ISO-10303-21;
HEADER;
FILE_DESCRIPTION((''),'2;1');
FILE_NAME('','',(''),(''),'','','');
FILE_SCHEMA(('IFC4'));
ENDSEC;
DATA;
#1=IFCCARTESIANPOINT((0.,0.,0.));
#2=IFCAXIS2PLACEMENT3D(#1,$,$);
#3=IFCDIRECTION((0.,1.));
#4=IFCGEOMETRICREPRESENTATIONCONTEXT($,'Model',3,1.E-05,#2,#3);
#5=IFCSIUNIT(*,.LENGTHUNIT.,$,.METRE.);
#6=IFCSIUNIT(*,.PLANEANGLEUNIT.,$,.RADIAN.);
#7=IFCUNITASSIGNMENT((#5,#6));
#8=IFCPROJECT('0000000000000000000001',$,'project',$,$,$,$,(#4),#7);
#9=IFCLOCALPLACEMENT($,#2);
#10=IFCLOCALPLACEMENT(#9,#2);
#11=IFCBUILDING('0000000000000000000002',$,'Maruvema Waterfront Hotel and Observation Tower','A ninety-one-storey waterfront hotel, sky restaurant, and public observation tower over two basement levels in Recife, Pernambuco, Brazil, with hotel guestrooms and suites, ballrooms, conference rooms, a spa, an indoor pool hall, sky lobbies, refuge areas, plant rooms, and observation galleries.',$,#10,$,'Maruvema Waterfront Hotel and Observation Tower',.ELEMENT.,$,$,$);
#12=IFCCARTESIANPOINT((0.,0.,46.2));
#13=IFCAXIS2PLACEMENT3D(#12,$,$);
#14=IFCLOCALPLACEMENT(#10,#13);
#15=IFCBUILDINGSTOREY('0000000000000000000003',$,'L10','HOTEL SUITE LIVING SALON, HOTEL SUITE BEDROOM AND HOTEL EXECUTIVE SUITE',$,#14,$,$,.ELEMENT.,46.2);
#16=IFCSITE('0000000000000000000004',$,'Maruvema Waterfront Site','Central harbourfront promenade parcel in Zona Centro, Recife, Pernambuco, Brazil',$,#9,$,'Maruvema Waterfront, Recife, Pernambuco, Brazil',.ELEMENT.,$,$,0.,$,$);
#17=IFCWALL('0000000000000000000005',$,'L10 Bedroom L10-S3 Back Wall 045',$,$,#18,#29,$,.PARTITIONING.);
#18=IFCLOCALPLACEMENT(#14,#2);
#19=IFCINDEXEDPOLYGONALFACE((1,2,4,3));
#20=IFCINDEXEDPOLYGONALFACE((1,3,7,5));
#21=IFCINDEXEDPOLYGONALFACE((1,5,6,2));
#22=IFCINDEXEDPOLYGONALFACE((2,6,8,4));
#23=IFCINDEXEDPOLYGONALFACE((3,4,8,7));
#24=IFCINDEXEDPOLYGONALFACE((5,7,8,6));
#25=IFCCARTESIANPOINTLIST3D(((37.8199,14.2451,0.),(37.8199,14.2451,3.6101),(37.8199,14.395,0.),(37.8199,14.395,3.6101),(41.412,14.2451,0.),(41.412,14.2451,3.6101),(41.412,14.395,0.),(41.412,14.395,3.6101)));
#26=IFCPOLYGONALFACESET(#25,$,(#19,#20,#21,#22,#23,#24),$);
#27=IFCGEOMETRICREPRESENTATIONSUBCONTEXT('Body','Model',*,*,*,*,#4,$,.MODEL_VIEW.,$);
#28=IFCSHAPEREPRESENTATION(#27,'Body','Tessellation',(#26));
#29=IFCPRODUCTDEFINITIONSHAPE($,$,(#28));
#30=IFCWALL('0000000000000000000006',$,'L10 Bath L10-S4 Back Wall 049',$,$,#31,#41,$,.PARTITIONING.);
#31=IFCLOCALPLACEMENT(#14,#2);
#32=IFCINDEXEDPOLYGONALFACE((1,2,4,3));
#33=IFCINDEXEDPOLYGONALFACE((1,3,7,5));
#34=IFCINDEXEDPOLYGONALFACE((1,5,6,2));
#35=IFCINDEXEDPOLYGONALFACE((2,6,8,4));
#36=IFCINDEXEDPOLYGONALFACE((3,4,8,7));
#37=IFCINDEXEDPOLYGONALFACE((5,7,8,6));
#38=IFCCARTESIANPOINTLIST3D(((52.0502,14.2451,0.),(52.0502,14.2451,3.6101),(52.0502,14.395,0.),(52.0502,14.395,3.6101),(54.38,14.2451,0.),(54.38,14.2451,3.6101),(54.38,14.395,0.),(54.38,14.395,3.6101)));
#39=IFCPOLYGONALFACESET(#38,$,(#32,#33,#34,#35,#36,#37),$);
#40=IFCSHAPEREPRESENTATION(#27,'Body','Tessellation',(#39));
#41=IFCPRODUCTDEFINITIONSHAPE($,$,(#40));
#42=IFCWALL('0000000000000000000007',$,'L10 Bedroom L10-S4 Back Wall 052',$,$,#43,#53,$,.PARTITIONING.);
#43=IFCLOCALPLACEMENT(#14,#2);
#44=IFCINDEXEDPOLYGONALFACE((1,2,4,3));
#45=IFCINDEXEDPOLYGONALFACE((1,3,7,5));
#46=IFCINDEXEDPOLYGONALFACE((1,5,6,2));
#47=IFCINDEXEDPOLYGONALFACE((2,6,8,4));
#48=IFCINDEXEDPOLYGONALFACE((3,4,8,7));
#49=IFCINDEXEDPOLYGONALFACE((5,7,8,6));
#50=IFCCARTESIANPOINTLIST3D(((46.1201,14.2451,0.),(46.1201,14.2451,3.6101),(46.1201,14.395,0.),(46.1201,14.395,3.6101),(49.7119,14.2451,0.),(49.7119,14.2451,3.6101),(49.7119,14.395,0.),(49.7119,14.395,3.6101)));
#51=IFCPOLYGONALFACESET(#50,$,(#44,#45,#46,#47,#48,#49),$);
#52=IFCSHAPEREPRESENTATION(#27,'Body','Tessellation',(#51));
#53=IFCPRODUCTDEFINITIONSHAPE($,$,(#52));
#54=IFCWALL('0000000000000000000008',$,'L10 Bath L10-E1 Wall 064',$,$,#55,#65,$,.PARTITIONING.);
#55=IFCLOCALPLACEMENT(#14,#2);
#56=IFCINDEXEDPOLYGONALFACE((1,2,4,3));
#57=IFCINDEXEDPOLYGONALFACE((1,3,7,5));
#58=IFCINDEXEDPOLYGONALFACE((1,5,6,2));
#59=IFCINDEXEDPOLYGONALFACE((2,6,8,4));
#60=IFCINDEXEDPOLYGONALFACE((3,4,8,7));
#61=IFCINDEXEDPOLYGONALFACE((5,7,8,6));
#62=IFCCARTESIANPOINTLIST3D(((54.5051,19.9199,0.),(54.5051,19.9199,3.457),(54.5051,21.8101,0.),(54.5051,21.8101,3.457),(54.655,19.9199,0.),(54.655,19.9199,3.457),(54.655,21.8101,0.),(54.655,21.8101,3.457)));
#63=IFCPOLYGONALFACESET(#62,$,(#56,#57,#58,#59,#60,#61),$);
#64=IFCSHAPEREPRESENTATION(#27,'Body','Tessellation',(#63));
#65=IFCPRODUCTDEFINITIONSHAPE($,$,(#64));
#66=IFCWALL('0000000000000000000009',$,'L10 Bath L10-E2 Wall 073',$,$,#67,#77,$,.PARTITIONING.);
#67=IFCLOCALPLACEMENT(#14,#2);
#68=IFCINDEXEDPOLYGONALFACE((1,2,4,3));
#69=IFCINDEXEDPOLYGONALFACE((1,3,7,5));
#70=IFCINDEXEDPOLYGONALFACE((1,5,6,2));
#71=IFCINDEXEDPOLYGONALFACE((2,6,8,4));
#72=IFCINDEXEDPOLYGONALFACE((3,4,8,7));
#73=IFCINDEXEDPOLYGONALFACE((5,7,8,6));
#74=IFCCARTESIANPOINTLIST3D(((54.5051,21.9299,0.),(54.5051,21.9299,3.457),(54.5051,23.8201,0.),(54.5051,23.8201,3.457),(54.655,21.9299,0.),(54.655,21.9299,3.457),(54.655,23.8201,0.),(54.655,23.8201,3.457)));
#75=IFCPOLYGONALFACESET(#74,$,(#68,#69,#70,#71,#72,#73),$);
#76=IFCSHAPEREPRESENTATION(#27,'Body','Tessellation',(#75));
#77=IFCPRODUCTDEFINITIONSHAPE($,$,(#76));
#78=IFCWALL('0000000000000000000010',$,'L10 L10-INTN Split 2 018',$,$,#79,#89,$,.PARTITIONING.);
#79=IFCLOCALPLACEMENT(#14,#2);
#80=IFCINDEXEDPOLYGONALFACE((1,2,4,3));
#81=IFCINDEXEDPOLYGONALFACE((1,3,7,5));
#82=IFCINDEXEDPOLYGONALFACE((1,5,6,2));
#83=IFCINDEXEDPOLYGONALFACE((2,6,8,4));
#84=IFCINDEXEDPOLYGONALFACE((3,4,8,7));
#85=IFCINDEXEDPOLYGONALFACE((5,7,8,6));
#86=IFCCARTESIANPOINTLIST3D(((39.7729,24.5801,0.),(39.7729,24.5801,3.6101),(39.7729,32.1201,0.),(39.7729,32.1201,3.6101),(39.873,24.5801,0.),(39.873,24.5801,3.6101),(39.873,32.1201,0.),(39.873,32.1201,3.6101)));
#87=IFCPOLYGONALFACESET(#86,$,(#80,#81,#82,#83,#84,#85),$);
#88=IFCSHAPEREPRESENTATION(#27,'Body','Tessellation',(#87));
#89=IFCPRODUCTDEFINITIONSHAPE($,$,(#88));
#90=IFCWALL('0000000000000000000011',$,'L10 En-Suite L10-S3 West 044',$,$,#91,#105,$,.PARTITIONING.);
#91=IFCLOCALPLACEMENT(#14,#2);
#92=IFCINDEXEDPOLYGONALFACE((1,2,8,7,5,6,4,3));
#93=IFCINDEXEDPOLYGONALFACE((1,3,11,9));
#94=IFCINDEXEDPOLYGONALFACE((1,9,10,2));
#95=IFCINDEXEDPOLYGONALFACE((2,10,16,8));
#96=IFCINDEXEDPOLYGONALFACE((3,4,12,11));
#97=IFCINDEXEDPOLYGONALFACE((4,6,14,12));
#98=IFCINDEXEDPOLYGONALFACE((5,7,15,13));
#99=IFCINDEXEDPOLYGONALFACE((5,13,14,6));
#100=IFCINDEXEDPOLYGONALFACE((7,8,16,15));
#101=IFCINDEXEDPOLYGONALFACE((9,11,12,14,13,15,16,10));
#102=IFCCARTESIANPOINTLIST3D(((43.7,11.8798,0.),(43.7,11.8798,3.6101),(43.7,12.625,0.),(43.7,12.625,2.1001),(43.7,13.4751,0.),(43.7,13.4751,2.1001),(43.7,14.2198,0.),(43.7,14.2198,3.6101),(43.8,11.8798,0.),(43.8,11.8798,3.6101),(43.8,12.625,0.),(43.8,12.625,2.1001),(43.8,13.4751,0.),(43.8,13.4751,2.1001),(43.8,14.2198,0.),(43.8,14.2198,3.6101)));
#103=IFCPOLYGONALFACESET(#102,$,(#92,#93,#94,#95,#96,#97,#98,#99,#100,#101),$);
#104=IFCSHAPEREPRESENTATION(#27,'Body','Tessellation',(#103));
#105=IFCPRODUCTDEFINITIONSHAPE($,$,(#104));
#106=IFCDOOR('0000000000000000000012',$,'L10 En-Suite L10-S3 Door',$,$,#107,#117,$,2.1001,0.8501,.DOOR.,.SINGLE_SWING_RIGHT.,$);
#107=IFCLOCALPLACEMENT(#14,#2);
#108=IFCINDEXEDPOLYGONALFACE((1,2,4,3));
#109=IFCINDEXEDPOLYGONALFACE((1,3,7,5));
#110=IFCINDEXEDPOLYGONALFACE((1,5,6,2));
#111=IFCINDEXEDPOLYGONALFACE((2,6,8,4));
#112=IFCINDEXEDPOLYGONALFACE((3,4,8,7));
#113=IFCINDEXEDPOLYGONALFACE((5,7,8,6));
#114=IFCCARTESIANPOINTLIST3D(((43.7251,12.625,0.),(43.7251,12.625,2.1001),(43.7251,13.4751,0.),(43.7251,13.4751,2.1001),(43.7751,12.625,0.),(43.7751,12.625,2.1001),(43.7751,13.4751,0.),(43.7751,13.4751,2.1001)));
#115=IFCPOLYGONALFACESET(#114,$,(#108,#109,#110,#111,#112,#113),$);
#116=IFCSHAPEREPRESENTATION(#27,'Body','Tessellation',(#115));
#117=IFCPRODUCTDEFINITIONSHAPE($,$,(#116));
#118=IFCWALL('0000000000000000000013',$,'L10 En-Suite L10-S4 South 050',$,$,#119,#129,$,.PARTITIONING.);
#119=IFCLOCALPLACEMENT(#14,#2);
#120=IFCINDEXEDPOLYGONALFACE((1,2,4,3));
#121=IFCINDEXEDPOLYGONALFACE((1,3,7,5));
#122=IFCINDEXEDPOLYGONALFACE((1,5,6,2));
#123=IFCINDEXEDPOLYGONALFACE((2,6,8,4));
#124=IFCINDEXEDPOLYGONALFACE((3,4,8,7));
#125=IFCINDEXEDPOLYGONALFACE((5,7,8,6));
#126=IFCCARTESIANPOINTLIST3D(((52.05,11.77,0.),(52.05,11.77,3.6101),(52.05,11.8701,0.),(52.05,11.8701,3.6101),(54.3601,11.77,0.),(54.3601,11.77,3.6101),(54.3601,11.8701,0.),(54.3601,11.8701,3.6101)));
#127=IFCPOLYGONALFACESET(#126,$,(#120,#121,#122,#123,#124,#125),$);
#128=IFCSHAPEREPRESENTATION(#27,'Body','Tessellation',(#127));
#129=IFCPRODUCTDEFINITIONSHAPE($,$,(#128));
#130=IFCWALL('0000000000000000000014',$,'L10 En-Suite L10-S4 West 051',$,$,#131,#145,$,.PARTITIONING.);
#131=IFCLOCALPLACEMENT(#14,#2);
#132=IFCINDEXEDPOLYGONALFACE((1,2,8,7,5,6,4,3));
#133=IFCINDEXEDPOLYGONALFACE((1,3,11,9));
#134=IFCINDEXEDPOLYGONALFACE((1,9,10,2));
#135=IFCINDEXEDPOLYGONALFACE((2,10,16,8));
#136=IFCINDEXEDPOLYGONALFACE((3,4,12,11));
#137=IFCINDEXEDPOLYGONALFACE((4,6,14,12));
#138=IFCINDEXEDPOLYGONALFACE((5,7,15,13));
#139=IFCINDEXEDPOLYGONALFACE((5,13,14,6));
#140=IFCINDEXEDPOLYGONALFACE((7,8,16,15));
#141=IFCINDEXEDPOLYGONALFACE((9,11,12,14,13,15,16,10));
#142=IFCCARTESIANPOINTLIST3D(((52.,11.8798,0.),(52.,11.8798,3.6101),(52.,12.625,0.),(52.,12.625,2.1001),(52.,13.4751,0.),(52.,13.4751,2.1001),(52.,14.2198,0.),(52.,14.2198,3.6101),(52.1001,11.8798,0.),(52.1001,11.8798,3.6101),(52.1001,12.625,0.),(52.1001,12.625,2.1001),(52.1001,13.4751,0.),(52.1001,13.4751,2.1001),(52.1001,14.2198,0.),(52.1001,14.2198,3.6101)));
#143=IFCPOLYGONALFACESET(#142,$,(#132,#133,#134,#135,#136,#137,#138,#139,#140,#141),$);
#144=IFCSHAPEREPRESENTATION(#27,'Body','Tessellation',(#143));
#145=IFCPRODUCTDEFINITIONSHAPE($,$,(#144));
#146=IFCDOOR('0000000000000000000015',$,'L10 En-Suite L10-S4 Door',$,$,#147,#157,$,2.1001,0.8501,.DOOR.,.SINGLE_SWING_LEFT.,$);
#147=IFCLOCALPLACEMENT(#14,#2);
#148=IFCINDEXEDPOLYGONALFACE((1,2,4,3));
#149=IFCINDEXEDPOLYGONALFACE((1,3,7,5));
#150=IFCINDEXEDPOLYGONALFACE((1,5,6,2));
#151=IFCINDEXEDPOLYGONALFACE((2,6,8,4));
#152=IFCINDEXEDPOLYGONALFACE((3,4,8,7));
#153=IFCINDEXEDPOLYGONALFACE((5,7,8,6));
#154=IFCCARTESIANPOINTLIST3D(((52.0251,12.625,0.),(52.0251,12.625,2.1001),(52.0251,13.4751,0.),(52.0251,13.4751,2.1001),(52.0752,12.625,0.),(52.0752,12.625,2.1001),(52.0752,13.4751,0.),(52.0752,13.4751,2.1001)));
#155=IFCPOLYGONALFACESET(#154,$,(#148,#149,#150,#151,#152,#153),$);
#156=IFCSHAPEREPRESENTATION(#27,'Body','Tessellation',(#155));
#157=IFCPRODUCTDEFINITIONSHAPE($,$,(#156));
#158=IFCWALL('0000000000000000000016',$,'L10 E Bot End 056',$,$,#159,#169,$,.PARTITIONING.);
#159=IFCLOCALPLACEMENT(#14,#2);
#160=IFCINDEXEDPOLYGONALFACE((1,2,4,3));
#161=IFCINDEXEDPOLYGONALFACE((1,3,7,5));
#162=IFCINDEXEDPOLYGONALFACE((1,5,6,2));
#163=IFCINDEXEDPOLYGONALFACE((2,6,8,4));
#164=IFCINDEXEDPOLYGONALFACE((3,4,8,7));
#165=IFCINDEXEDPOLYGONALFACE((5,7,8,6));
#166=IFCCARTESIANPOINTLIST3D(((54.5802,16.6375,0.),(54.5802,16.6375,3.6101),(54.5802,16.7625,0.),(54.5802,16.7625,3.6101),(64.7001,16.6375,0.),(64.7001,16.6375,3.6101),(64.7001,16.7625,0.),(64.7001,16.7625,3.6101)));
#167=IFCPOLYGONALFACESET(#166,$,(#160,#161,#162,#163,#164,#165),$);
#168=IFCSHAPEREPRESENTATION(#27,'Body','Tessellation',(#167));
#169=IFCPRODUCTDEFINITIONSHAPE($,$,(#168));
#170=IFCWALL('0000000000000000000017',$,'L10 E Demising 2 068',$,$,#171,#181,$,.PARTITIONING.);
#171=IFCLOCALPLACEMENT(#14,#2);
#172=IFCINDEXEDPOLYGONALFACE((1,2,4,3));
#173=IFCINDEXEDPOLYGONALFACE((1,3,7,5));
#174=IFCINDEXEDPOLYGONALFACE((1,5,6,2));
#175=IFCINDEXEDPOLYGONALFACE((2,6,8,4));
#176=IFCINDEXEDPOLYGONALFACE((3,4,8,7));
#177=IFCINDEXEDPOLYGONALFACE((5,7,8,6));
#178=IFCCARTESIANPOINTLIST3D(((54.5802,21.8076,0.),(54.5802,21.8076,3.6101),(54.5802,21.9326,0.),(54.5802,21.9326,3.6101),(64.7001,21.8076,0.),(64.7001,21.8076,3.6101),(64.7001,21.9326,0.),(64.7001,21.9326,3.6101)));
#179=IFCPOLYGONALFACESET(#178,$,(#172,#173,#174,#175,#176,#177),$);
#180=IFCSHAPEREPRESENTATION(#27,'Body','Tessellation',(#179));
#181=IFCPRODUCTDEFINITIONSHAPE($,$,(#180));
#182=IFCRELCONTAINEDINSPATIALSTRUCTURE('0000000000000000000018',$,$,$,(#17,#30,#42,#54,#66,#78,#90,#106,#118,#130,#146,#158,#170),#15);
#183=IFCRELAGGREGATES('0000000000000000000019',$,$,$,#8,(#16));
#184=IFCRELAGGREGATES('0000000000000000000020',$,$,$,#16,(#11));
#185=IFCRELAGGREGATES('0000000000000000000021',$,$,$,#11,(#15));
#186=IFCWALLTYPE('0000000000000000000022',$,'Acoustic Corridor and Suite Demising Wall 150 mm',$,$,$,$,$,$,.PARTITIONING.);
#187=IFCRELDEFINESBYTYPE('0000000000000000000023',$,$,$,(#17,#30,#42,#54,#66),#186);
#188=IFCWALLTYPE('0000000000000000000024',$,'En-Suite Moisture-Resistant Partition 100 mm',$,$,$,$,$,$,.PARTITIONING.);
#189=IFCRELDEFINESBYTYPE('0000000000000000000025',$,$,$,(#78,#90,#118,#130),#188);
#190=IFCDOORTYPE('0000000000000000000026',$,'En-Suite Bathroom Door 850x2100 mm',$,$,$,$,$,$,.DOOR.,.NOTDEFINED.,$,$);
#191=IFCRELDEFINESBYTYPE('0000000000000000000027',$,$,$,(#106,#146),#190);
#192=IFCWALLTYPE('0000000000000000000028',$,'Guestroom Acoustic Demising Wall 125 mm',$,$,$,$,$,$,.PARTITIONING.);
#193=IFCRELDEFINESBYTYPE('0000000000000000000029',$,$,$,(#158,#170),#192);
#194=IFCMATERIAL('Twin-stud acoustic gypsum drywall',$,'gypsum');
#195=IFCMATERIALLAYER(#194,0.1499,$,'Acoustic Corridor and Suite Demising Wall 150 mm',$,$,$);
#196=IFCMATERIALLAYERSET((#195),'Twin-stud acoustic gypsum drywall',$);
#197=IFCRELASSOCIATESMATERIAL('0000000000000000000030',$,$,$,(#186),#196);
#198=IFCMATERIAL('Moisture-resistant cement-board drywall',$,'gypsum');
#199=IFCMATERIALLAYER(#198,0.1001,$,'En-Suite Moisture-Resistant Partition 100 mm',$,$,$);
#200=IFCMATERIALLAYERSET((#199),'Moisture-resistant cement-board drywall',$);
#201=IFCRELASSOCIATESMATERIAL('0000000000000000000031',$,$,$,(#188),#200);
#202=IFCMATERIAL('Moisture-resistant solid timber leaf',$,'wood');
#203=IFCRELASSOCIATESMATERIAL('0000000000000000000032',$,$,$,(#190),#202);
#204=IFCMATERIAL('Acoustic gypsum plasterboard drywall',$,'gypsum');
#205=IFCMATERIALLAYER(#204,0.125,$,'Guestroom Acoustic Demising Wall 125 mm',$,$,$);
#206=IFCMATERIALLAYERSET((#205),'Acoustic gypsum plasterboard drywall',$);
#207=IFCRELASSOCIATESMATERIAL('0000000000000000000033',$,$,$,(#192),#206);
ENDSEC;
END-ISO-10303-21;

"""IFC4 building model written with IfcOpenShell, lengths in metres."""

from ifc_helpers import new_model, si_unit, direction, frame, frame_2d, origin, place, context, subcontext, project, spatial, rectangle, extrude, material, layer, layer_set, type_object, element, fill, save


model = new_model("IFC4")

# Units and contexts
model_context = context("Model", 3, precision=1e-05, world=origin(), true_north=direction((0.0, 1.0)))
body_context = subcontext(model_context, "Body", "Model", "MODEL_VIEW")
ifc_project = project(units=[si_unit("LENGTHUNIT", "METRE"), si_unit("PLANEANGLEUNIT", "RADIAN")], contexts=[model_context])

# Site, building, storey
site_placement = place(None, origin())
site = spatial("IfcSite", under=ifc_project, at=site_placement, Name="Maruvema Waterfront Site", Description="Central harbourfront promenade parcel in Zona Centro, Recife, Pernambuco, Brazil", LongName="Maruvema Waterfront, Recife, Pernambuco, Brazil", CompositionType="ELEMENT", RefElevation=0.0)
building_placement = place(site_placement, origin())
building = spatial("IfcBuilding", under=site, at=building_placement, Name="Maruvema Waterfront Hotel and Observation Tower", Description="A ninety-one-storey waterfront hotel, sky restaurant, and public observation tower over two basement levels in Recife, Pernambuco, Brazil, with hotel guestrooms and suites, ballrooms, conference rooms, a spa, an indoor pool hall, sky lobbies, refuge areas, plant rooms, and observation galleries.", LongName="Maruvema Waterfront Hotel and Observation Tower", CompositionType="ELEMENT")
storey_placement = place(building_placement, frame((0.0, 0.0, 46.2)))
storey = spatial("IfcBuildingStorey", under=building, at=storey_placement, Name="L10", Description="HOTEL SUITE LIVING SALON, HOTEL SUITE BEDROOM AND HOTEL EXECUTIVE SUITE", CompositionType="ELEMENT", Elevation=46.2)

# Wall
ifc_material_1 = material(Name="Twin-stud acoustic gypsum drywall", Category="gypsum")
ifc_layer_1 = layer(ifc_material_1, 0.1499, Name="Acoustic Corridor and Suite Demising Wall 150 mm")
ifc_layer_set_1 = layer_set([ifc_layer_1], Name="Twin-stud acoustic gypsum drywall")
wall_type_1 = type_object("IfcWallType", Name="Acoustic Corridor and Suite Demising Wall 150 mm", PredefinedType="PARTITIONING", material=ifc_layer_set_1)
wall_1_placement = place(storey_placement, frame((37.8201, 14.3201, 0.0), z_axis=(0.0, 0.0, 1.0), x_axis=(1.0, 0.0, 0.0)))
element("IfcWall", 1, at=wall_1_placement, inside=storey, type_object=wall_type_1, Name="L10 Bedroom L10-S3 Back Wall 045", PredefinedType="PARTITIONING", context=body_context, shape_type="SweptSolid", body=[
    extrude(rectangle(XDim=3.592, YDim=0.1499, at=frame_2d((1.7959, 0.0))), origin(), (0.0, 0.0, 1.0), 3.6101),
])

# Walls
wall_2_placement = place(storey_placement, frame((52.05, 14.3201, 0.0), z_axis=(0.0, 0.0, 1.0), x_axis=(1.0, 0.0, 0.0)))
element("IfcWall", 2, at=wall_2_placement, inside=storey, type_object=wall_type_1, Name="L10 Bath L10-S4 Back Wall 049", PredefinedType="PARTITIONING", context=body_context, shape_type="SweptSolid", body=[
    extrude(rectangle(XDim=2.3298, YDim=0.1499, at=frame_2d((1.165, 0.0))), origin(), (0.0, 0.0, 1.0), 3.6101),
])
wall_3_placement = place(storey_placement, frame((46.1201, 14.3201, 0.0), z_axis=(0.0, 0.0, 1.0), x_axis=(1.0, 0.0, 0.0)))
element("IfcWall", 3, at=wall_3_placement, inside=storey, type_object=wall_type_1, Name="L10 Bedroom L10-S4 Back Wall 052", PredefinedType="PARTITIONING", context=body_context, shape_type="SweptSolid", body=[
    extrude(rectangle(XDim=3.5918, YDim=0.1499, at=frame_2d((1.7959, 0.0))), origin(), (0.0, 0.0, 1.0), 3.6101),
])

# Walls
for number, where, z_axis, x_axis, name in (
    (4, (54.5801, 19.9199, 0.0), (0.0, 0.0, 1.0), (0.0, 1.0, 0.0), "L10 Bath L10-E1 Wall 064"),
    (5, (54.5801, 21.9299, 0.0), (0.0, 0.0, 1.0), (0.0, 1.0, 0.0), "L10 Bath L10-E2 Wall 073"),
):
    element("IfcWall", number, at=place(storey_placement, frame(where, z_axis=z_axis, x_axis=x_axis)), inside=storey, type_object=wall_type_1, Name=name, PredefinedType="PARTITIONING", context=body_context, shape_type="SweptSolid", body=[
        extrude(rectangle(XDim=1.8901, YDim=0.1499, at=frame_2d((0.9451, 0.0))), origin(), (0.0, 0.0, 1.0), 3.457),
    ])

# Wall
ifc_material_2 = material(Name="Moisture-resistant cement-board drywall", Category="gypsum")
ifc_layer_2 = layer(ifc_material_2, 0.1001, Name="En-Suite Moisture-Resistant Partition 100 mm")
ifc_layer_set_2 = layer_set([ifc_layer_2], Name="Moisture-resistant cement-board drywall")
wall_type_2 = type_object("IfcWallType", Name="En-Suite Moisture-Resistant Partition 100 mm", PredefinedType="PARTITIONING", material=ifc_layer_set_2)
wall_4_placement = place(storey_placement, frame((39.823, 24.5801, 0.0), z_axis=(0.0, 0.0, 1.0), x_axis=(0.0, 1.0, 0.0)))
element("IfcWall", 6, at=wall_4_placement, inside=storey, type_object=wall_type_2, Name="L10 L10-INTN Split 2 018", PredefinedType="PARTITIONING", context=body_context, shape_type="SweptSolid", body=[
    extrude(rectangle(XDim=7.54, YDim=0.1001, at=frame_2d((3.77, 0.0))), origin(), (0.0, 0.0, 1.0), 3.6101),
])

# Wall, opening, door
wall_5_placement = place(storey_placement, frame((43.75, 11.8799, 0.0), z_axis=(0.0, 0.0, 1.0), x_axis=(0.0, 1.0, 0.0)))
wall_5 = element("IfcWall", 7, at=wall_5_placement, inside=storey, type_object=wall_type_2, Name="L10 En-Suite L10-S3 West 044", PredefinedType="PARTITIONING", context=body_context, shape_type="SweptSolid", body=[
    extrude(rectangle(XDim=2.3401, YDim=0.1001, at=frame_2d((1.1699, 0.0))), origin(), (0.0, 0.0, 1.0), 3.6101),
])
opening_1_placement = place(wall_5_placement, frame((0.7451, 0.0, 0.0)))
opening_1 = element("IfcOpeningElement", 8, at=opening_1_placement, cuts=wall_5, PredefinedType="OPENING", context=body_context, shape_type="SweptSolid", body=[
    extrude(rectangle(XDim=0.8501, YDim=2.1001, at=frame_2d((0.425, 1.05))), frame((0.0, 0.0601, 0.0), z_axis=(0.0, -1.0, 0.0), x_axis=(1.0, 0.0, 0.0)), (0.0, 0.0, 1.0), 0.1201),
])
ifc_material_3 = material(Name="Moisture-resistant solid timber leaf", Category="wood")
door_type_1 = type_object("IfcDoorType", Name="En-Suite Bathroom Door 850x2100 mm", OperationType="NOTDEFINED", PredefinedType="DOOR", material=ifc_material_3)
door_1_placement = place(opening_1_placement, origin())
door_1 = element("IfcDoor", 9, at=door_1_placement, inside=storey, type_object=door_type_1, Name="L10 En-Suite L10-S3 Door", OperationType="SINGLE_SWING_RIGHT", OverallHeight=2.1001, OverallWidth=0.8501, PredefinedType="DOOR", context=body_context, shape_type="SweptSolid", body=[
    extrude(rectangle(XDim=0.8501, YDim=2.1001, at=frame_2d((0.425, 1.05))), frame((0.0, 0.0249, 0.0), z_axis=(0.0, -1.0, 0.0), x_axis=(1.0, 0.0, 0.0)), (0.0, 0.0, 1.0), 0.05),
])
fill(opening_1, door_1)

# Wall
wall_6_placement = place(storey_placement, frame((52.05, 11.8201, 0.0), z_axis=(0.0, 0.0, 1.0), x_axis=(1.0, 0.0, 0.0)))
element("IfcWall", 10, at=wall_6_placement, inside=storey, type_object=wall_type_2, Name="L10 En-Suite L10-S4 South 050", PredefinedType="PARTITIONING", context=body_context, shape_type="SweptSolid", body=[
    extrude(rectangle(XDim=2.3101, YDim=0.1001, at=frame_2d((1.155, 0.0))), origin(), (0.0, 0.0, 1.0), 3.6101),
])

# Wall, opening, door
wall_7_placement = place(storey_placement, frame((52.05, 11.8799, 0.0), z_axis=(0.0, 0.0, 1.0), x_axis=(0.0, 1.0, 0.0)))
wall_7 = element("IfcWall", 11, at=wall_7_placement, inside=storey, type_object=wall_type_2, Name="L10 En-Suite L10-S4 West 051", PredefinedType="PARTITIONING", context=body_context, shape_type="SweptSolid", body=[
    extrude(rectangle(XDim=2.3401, YDim=0.1001, at=frame_2d((1.1699, 0.0))), origin(), (0.0, 0.0, 1.0), 3.6101),
])
opening_2_placement = place(wall_7_placement, frame((0.7451, 0.0, 0.0)))
opening_2 = element("IfcOpeningElement", 12, at=opening_2_placement, cuts=wall_7, PredefinedType="OPENING", context=body_context, shape_type="SweptSolid", body=[
    extrude(rectangle(XDim=0.8501, YDim=2.1001, at=frame_2d((0.425, 1.05))), frame((0.0, 0.0601, 0.0), z_axis=(0.0, -1.0, 0.0), x_axis=(1.0, 0.0, 0.0)), (0.0, 0.0, 1.0), 0.1201),
])
door_2_placement = place(opening_2_placement, origin())
door_2 = element("IfcDoor", 13, at=door_2_placement, inside=storey, type_object=door_type_1, Name="L10 En-Suite L10-S4 Door", OperationType="SINGLE_SWING_LEFT", OverallHeight=2.1001, OverallWidth=0.8501, PredefinedType="DOOR", context=body_context, shape_type="SweptSolid", body=[
    extrude(rectangle(XDim=0.8501, YDim=2.1001, at=frame_2d((0.425, 1.05))), frame((0.0, 0.0249, 0.0), z_axis=(0.0, -1.0, 0.0), x_axis=(1.0, 0.0, 0.0)), (0.0, 0.0, 1.0), 0.05),
])
fill(opening_2, door_2)

# Walls
ifc_material_4 = material(Name="Acoustic gypsum plasterboard drywall", Category="gypsum")
ifc_layer_3 = layer(ifc_material_4, 0.125, Name="Guestroom Acoustic Demising Wall 125 mm")
ifc_layer_set_3 = layer_set([ifc_layer_3], Name="Acoustic gypsum plasterboard drywall")
wall_type_3 = type_object("IfcWallType", Name="Guestroom Acoustic Demising Wall 125 mm", PredefinedType="PARTITIONING", material=ifc_layer_set_3)
for number, where, z_axis, x_axis, name in (
    (14, (54.5801, 16.7, 0.0), (0.0, 0.0, 1.0), (1.0, 0.0, 0.0), "L10 E Bot End 056"),
    (15, (54.5801, 21.8701, 0.0), (0.0, 0.0, 1.0), (1.0, 0.0, 0.0), "L10 E Demising 2 068"),
):
    element("IfcWall", number, at=place(storey_placement, frame(where, z_axis=z_axis, x_axis=x_axis)), inside=storey, type_object=wall_type_3, Name=name, PredefinedType="PARTITIONING", context=body_context, shape_type="SweptSolid", body=[
        extrude(rectangle(XDim=10.1199, YDim=0.125, at=frame_2d((5.0601, 0.0))), origin(), (0.0, 0.0, 1.0), 3.6101),
    ])

save(model, "model.ifc")
